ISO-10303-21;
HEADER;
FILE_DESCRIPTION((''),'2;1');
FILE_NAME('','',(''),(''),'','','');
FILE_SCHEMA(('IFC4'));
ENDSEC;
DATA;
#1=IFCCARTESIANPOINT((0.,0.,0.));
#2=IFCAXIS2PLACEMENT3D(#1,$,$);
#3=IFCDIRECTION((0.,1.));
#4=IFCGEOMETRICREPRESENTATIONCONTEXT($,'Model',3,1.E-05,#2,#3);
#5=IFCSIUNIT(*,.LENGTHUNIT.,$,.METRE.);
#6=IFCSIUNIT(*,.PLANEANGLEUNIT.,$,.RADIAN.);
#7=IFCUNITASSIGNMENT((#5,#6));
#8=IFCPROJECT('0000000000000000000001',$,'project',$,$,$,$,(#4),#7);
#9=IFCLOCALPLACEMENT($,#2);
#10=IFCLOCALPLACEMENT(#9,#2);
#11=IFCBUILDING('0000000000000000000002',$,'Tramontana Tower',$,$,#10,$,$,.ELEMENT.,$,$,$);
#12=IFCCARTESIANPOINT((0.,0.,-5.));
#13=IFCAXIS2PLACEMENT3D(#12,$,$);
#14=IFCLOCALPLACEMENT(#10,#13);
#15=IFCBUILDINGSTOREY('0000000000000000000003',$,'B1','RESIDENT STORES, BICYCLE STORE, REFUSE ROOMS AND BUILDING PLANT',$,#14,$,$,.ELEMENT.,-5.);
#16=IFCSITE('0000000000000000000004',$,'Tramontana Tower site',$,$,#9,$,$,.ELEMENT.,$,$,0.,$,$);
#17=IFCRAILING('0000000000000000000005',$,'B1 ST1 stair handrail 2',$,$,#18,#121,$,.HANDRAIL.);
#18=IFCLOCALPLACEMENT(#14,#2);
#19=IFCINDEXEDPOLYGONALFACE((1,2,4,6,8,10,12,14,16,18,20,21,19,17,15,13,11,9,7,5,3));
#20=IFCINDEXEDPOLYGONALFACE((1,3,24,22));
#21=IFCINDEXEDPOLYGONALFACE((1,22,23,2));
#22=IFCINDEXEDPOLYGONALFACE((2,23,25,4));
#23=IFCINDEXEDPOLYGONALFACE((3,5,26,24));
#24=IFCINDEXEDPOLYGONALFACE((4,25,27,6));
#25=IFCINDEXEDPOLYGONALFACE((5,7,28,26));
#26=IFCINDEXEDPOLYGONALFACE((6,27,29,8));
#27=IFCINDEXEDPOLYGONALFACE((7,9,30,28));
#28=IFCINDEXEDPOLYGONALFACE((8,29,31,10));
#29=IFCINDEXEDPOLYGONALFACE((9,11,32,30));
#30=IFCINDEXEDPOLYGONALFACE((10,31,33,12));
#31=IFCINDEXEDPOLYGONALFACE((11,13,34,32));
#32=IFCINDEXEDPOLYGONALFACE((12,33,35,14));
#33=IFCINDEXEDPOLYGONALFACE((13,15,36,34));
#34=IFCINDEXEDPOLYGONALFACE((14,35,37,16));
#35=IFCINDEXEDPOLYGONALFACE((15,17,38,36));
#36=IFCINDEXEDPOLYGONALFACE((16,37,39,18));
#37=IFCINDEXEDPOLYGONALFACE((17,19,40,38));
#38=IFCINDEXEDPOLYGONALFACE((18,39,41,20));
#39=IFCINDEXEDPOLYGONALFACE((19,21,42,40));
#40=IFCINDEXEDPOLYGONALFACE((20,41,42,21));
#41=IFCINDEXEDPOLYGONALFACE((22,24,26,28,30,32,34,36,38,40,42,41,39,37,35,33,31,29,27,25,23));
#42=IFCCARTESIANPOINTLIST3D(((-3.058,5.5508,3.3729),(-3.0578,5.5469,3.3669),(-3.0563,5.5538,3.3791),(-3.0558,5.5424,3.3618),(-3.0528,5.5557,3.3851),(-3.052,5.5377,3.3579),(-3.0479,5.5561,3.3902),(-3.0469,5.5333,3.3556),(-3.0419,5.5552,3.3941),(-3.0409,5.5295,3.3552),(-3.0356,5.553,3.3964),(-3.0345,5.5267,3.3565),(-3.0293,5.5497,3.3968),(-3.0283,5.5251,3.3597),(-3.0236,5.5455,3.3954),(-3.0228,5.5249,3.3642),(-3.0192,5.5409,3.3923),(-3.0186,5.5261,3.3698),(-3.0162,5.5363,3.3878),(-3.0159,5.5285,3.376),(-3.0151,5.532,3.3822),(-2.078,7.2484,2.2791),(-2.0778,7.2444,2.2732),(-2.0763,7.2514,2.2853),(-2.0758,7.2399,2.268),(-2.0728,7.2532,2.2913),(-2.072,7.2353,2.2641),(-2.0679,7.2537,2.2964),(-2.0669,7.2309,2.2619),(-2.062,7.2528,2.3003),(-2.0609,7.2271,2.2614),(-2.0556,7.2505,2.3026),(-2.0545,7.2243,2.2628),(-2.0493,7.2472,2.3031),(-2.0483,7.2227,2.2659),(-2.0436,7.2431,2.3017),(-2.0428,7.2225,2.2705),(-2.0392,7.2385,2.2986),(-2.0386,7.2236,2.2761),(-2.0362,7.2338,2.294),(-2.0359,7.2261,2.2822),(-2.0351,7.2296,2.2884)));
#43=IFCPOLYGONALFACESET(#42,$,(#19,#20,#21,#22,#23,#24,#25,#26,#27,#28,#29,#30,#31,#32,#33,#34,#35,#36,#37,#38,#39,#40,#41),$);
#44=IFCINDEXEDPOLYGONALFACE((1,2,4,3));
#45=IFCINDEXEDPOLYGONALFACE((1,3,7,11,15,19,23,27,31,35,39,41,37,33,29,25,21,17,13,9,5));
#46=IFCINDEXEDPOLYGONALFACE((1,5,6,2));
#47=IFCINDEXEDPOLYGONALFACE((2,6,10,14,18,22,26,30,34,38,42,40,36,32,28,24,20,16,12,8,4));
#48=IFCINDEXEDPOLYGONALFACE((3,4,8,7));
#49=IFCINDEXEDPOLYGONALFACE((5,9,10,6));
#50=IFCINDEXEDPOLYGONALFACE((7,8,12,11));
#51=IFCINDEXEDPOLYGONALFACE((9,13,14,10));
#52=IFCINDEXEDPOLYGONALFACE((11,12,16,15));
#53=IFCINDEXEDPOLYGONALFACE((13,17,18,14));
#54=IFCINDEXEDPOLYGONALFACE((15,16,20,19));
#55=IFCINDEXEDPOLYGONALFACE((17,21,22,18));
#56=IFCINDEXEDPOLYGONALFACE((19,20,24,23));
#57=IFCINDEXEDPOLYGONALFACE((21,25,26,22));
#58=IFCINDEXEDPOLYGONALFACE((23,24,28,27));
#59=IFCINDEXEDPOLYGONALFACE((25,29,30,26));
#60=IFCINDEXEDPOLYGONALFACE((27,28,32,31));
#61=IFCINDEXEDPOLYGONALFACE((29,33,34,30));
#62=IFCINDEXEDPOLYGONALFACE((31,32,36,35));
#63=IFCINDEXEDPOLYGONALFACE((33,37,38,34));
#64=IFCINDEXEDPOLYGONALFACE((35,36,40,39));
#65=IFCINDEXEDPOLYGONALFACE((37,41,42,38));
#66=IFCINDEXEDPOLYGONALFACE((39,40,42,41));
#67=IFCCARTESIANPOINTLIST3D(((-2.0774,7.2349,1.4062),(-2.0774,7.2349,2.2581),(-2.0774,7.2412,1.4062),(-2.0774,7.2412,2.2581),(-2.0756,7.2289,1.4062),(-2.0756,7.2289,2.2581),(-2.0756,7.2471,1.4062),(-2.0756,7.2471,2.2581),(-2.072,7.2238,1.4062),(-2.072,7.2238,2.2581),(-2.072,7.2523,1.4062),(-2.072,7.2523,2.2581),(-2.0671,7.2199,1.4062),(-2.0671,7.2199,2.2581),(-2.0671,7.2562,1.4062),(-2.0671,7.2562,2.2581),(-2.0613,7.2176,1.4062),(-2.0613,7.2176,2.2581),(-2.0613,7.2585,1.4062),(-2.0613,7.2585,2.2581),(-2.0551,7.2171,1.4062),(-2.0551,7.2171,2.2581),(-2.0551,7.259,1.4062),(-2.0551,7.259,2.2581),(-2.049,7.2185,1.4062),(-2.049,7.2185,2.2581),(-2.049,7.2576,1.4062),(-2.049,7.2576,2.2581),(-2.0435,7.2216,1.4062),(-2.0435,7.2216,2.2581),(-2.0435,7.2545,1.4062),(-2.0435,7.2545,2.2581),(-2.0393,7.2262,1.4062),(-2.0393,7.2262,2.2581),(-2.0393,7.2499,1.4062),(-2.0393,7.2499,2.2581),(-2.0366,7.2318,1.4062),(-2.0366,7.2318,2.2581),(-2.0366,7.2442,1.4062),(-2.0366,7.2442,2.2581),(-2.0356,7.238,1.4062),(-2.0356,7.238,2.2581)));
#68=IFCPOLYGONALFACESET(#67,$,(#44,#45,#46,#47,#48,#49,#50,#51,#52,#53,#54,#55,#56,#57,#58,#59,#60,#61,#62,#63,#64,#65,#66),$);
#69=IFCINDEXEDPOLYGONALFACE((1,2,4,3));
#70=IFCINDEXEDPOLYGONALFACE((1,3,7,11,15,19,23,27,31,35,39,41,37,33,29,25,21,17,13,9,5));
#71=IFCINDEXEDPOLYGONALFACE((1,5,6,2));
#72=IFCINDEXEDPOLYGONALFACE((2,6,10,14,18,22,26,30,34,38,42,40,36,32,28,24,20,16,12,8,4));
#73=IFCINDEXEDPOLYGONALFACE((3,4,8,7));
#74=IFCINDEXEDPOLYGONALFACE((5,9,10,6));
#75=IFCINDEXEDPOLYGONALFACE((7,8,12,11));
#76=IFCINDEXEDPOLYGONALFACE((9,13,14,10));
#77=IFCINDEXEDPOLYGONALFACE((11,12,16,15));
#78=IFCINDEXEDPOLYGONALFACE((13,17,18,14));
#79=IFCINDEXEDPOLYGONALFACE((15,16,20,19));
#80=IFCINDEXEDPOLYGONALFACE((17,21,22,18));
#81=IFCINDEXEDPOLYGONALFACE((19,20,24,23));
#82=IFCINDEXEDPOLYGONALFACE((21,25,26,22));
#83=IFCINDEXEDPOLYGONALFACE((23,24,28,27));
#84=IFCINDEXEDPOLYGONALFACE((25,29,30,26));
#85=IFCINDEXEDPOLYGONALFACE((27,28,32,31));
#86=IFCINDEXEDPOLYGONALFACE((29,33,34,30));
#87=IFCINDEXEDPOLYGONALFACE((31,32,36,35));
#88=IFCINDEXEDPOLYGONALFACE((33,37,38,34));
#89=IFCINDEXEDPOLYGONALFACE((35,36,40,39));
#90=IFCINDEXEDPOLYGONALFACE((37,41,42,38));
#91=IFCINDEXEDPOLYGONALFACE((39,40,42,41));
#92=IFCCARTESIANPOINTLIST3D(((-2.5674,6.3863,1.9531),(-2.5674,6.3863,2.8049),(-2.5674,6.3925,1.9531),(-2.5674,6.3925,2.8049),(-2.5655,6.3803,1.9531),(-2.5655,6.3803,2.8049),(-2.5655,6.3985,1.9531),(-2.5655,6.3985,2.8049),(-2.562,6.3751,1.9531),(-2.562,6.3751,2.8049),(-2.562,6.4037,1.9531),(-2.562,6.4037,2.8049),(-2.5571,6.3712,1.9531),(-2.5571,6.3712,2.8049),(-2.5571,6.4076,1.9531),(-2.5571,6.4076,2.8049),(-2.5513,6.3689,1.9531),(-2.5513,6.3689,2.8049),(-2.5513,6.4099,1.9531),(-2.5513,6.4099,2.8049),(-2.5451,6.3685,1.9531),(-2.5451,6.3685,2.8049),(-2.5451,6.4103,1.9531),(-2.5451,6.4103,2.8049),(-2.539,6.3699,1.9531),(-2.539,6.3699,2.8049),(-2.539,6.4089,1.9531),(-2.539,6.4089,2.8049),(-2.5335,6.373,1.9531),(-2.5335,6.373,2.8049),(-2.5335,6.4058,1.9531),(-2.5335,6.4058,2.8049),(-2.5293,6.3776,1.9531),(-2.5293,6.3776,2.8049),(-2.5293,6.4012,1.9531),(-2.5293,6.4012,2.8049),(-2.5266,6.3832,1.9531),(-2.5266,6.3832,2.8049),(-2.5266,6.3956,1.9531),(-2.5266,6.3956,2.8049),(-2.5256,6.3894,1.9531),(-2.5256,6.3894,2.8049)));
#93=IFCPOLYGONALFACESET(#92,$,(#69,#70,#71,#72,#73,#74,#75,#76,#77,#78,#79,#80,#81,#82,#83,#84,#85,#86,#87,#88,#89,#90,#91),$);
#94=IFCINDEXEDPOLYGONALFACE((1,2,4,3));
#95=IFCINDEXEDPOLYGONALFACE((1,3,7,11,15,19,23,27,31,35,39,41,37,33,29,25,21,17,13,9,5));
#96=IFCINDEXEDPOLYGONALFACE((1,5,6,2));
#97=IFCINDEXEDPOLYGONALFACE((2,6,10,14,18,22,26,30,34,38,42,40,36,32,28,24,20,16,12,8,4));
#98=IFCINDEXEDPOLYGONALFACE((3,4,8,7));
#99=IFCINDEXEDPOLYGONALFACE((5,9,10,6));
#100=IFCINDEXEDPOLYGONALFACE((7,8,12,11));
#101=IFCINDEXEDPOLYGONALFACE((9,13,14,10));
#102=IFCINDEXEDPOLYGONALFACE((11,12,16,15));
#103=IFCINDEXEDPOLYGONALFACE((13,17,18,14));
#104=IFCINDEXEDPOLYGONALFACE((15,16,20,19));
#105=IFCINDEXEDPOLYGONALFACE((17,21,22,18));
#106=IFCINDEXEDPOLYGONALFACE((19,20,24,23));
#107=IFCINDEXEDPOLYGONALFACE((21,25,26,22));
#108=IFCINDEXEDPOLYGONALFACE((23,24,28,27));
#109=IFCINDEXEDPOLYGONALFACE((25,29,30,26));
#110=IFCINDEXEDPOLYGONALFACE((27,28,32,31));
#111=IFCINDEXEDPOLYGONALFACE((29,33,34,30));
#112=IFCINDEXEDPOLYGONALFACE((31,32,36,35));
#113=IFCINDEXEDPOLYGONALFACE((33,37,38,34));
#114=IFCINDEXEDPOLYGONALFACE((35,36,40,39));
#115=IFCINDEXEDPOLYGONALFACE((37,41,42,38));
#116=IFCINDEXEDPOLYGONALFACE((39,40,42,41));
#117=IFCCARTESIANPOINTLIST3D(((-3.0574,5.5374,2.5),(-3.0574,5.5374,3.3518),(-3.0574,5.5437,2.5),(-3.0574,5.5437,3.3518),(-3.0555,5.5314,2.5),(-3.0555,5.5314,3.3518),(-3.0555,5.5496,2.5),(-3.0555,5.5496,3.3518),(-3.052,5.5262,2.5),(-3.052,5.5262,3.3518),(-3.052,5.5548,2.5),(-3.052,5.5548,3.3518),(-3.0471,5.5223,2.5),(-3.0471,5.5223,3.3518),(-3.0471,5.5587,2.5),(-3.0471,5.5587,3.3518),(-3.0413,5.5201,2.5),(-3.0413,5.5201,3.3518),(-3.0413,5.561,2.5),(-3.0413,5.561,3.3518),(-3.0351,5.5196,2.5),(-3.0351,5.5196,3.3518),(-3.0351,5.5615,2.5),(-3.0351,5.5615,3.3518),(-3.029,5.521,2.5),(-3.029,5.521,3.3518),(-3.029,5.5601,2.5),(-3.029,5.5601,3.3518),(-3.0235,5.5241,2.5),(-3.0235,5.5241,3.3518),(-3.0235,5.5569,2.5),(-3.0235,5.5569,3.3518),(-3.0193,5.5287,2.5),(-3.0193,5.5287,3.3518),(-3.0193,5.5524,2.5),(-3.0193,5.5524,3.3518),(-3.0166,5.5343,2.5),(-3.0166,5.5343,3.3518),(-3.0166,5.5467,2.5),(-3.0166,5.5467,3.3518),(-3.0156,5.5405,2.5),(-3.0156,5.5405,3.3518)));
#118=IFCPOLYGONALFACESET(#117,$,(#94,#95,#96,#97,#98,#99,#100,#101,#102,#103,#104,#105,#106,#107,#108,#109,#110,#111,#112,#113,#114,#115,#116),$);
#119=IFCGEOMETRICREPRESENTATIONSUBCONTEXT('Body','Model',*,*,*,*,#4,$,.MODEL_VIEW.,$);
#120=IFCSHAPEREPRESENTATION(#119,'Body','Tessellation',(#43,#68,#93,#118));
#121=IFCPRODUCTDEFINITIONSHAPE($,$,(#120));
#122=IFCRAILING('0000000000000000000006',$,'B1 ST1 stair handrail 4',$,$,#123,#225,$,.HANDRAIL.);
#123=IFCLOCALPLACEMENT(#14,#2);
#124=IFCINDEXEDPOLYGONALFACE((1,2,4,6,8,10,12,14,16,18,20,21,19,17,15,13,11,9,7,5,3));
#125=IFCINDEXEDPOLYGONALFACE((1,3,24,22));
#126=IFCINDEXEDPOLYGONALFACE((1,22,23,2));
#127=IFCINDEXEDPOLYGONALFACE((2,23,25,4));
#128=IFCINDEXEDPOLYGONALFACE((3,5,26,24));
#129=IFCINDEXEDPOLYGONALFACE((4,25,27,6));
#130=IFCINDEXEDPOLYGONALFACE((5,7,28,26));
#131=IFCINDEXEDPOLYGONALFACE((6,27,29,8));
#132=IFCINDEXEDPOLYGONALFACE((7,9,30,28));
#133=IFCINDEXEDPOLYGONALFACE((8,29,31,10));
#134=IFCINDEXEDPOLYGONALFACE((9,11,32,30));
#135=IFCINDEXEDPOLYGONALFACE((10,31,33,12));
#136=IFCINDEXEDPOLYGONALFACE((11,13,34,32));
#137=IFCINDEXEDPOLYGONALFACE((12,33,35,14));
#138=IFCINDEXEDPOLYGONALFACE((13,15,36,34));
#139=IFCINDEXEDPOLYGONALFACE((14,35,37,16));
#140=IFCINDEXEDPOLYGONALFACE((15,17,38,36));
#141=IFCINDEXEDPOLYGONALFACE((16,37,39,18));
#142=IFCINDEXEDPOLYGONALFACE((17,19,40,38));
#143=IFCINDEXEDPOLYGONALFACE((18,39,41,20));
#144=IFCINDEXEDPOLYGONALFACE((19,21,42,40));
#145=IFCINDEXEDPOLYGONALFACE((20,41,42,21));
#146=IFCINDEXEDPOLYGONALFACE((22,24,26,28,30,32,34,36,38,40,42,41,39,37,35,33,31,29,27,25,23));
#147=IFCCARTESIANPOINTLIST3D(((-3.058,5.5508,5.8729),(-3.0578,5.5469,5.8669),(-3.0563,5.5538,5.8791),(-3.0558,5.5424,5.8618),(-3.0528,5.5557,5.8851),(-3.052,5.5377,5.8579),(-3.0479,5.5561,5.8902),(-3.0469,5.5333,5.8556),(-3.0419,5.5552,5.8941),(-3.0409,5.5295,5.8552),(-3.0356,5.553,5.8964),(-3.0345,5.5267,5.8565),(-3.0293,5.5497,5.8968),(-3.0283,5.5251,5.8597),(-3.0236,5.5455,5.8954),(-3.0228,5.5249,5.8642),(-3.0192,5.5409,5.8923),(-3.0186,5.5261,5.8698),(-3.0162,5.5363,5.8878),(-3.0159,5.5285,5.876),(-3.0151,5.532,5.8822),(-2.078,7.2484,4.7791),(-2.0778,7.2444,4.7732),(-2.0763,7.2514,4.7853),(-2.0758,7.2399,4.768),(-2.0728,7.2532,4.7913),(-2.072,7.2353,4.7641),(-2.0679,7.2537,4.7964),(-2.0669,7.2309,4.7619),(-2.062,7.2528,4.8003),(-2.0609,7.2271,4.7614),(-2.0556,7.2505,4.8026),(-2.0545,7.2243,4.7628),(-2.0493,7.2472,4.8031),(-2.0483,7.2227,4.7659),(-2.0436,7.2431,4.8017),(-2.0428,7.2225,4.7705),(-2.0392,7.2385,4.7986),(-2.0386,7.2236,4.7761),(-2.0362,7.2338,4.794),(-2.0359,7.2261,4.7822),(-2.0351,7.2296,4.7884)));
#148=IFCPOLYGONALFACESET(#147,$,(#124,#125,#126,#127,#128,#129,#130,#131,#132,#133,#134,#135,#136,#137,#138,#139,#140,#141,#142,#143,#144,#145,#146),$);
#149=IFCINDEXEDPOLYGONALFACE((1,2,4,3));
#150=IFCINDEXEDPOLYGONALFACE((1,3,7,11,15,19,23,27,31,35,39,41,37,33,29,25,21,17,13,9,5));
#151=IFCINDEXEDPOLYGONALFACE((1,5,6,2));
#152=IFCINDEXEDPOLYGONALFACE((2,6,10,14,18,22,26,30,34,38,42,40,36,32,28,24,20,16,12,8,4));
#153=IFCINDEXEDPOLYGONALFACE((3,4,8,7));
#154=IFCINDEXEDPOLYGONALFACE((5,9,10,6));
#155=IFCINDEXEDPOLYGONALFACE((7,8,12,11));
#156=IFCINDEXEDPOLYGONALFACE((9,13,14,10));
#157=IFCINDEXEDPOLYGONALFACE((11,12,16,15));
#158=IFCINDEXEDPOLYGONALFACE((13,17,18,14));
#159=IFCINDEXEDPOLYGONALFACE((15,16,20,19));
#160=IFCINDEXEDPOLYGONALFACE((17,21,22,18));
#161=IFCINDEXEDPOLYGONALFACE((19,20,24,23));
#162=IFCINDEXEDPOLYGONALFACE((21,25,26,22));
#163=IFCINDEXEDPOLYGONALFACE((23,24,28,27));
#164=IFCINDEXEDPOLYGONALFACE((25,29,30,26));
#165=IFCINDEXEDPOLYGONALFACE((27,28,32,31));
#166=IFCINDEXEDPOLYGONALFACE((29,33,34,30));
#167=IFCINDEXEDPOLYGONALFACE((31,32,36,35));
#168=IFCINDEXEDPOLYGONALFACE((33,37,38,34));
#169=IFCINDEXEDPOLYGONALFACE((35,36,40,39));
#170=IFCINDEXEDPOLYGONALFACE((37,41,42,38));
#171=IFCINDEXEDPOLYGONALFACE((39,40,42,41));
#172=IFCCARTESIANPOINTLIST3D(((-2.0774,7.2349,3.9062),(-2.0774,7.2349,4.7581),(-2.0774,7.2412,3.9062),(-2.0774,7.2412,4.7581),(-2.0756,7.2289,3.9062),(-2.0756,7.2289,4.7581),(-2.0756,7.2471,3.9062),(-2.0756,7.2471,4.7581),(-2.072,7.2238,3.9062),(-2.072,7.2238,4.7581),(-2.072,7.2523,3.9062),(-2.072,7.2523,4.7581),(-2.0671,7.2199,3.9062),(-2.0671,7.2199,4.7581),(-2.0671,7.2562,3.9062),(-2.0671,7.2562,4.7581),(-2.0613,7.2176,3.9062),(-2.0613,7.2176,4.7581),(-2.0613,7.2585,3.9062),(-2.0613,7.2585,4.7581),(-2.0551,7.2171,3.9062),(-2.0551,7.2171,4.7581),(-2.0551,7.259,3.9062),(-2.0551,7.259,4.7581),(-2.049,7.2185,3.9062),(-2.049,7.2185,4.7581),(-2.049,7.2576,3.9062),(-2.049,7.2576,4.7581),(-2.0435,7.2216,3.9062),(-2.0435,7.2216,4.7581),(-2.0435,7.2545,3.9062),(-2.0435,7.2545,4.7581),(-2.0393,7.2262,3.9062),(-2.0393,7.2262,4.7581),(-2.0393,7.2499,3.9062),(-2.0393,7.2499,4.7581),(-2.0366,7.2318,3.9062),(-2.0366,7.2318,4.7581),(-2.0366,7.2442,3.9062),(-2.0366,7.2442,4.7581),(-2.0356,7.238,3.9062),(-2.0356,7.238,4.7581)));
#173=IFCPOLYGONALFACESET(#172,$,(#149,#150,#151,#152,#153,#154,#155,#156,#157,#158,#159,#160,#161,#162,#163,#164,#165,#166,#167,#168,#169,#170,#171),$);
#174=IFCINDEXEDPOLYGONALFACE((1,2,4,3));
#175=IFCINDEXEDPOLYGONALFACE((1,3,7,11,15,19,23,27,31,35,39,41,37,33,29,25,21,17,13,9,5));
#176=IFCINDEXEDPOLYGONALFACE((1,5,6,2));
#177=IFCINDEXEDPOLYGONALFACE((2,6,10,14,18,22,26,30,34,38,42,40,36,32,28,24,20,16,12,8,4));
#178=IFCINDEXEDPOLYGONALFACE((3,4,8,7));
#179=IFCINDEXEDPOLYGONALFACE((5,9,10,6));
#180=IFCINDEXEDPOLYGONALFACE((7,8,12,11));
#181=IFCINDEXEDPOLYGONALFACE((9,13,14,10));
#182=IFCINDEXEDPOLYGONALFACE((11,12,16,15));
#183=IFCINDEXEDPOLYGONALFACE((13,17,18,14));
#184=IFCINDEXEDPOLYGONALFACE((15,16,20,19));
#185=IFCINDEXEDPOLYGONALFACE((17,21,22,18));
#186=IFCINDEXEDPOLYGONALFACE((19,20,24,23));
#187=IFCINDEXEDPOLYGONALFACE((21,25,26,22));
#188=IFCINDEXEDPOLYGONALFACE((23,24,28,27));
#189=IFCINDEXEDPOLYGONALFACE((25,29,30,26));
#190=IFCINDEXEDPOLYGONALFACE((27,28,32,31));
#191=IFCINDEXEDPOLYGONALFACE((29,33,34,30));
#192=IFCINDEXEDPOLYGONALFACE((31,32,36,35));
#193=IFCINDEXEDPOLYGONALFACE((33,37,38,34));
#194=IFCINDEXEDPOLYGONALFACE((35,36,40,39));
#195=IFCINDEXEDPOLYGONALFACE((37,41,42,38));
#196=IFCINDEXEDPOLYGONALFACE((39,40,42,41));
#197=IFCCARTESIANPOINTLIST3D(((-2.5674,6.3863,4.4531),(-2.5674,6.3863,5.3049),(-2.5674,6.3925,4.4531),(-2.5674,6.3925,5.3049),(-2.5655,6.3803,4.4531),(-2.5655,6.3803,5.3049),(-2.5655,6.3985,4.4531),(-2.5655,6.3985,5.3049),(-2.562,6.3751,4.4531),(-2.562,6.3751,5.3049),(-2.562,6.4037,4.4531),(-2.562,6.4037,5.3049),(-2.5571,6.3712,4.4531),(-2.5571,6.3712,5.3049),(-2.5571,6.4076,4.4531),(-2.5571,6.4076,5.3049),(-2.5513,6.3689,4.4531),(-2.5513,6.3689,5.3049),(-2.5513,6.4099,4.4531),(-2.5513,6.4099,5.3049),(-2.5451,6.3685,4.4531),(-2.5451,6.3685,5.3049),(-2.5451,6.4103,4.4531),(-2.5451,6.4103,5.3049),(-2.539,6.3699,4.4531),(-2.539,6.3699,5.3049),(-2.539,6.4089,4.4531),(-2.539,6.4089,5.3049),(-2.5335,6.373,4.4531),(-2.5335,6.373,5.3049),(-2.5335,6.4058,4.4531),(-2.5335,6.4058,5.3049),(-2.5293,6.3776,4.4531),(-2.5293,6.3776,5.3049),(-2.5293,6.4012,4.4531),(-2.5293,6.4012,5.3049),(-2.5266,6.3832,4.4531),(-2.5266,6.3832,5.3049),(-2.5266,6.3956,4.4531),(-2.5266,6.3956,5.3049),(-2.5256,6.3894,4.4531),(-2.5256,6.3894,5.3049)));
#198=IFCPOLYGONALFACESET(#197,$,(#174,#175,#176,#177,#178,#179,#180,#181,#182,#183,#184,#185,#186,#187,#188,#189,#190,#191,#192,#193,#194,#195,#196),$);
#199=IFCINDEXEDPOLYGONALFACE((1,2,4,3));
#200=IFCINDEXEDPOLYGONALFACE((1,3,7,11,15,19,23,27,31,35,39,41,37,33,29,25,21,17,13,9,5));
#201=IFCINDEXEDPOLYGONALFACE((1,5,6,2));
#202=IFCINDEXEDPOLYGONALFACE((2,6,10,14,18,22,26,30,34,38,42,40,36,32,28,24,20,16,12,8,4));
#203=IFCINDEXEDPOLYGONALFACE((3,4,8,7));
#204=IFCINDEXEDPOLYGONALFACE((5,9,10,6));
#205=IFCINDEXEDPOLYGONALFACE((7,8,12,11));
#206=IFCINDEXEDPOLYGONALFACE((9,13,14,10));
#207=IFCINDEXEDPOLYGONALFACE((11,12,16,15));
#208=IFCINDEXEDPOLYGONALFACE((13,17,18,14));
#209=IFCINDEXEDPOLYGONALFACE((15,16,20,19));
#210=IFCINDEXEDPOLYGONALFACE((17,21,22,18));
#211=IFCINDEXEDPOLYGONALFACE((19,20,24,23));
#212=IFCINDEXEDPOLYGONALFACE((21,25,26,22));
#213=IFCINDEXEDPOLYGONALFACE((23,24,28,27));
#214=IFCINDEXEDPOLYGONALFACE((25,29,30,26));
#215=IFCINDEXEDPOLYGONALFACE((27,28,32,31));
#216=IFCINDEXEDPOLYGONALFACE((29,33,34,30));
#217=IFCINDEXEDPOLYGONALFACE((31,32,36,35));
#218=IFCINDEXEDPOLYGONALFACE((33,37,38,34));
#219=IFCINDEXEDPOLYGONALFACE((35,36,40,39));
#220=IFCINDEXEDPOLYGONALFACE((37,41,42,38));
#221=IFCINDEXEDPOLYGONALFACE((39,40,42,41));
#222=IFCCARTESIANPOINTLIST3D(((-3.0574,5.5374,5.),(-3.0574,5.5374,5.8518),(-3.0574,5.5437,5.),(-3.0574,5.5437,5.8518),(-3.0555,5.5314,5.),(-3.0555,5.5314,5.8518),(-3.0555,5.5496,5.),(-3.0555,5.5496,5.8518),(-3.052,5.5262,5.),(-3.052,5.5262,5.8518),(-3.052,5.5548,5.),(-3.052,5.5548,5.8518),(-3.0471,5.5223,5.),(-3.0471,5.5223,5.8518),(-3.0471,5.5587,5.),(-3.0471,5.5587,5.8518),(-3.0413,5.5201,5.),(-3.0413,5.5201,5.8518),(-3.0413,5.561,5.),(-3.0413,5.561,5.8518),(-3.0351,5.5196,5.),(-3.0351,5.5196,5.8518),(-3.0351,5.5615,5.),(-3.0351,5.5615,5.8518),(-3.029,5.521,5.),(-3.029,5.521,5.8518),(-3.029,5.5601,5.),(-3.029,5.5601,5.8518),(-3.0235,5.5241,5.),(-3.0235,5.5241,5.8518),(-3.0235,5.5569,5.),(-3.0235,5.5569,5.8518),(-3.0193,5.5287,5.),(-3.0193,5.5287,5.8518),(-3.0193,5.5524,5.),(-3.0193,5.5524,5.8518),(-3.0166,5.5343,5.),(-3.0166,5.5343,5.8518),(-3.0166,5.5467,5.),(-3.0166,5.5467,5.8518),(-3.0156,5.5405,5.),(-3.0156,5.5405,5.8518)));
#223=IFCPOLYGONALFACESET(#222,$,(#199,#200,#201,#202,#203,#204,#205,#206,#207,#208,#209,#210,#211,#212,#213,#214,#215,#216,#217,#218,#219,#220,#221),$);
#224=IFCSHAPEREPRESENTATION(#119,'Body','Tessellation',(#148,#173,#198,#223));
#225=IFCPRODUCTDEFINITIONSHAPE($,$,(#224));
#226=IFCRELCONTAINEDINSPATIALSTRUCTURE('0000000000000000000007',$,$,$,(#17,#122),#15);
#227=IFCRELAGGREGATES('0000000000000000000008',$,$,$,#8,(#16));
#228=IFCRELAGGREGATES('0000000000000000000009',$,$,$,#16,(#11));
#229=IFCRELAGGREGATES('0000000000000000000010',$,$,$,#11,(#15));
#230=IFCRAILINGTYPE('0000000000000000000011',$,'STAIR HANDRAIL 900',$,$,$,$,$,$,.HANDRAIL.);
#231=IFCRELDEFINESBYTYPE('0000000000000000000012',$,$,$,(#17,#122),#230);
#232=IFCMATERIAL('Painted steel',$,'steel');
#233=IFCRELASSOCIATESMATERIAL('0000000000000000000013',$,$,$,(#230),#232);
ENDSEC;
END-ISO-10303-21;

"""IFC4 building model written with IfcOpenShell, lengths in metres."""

from ifc_helpers import new_model, si_unit, direction, frame, origin, origin_2d, place, context, subcontext, project, spatial, circle, extrude, material, type_object, element, save


model = new_model("IFC4")

# Units and contexts
model_context = context("Model", 3, precision=1e-05, world=origin(), true_north=direction((0.0, 1.0)))
body_context = subcontext(model_context, "Body", "Model", "MODEL_VIEW")
ifc_project = project(units=[si_unit("LENGTHUNIT", "METRE"), si_unit("PLANEANGLEUNIT", "RADIAN")], contexts=[model_context])

# Site, building, storey
site_placement = place(None, origin())
site = spatial("IfcSite", under=ifc_project, at=site_placement, Name="Tramontana Tower site", CompositionType="ELEMENT", RefElevation=0.0)
building_placement = place(site_placement, origin())
building = spatial("IfcBuilding", under=site, at=building_placement, Name="Tramontana Tower", CompositionType="ELEMENT")
storey_placement = place(building_placement, frame((0.0, 0.0, -5.0)))
storey = spatial("IfcBuildingStorey", under=building, at=storey_placement, Name="B1", Description="RESIDENT STORES, BICYCLE STORE, REFUSE ROOMS AND BUILDING PLANT", CompositionType="ELEMENT", Elevation=-5.0)

# Railings
ifc_material_1 = material(Name="Painted steel", Category="steel")
railing_type_1 = type_object("IfcRailingType", Name="STAIR HANDRAIL 900", PredefinedType="HANDRAIL", material=ifc_material_1)
for number, where, name in (
    (1, (-2.0566, 7.238, 1.4062), "B1 ST1 stair handrail 2"),
    (2, (-2.0566, 7.238, 3.9062), "B1 ST1 stair handrail 4"),
):
    element("IfcRailing", number, at=place(storey_placement, frame(where)), inside=storey, type_object=railing_type_1, Name=name, PredefinedType="HANDRAIL", context=body_context, shape_type="SweptSolid", body=[
        extrude(circle(Radius=0.0239, at=origin_2d()), frame((0.0, 0.0, 0.876), z_axis=(-0.436596, -0.756267, 0.487282), x_axis=(0.866042, -0.49997, 0.0)), (0.0, 0.0, 1.0), 2.2446),
        extrude(circle(Radius=0.021, at=origin_2d()), origin(), (0.0, 0.0, 1.0), 0.8518),
        extrude(circle(Radius=0.021, at=origin_2d()), frame((-0.49, -0.8486, 0.5469)), (0.0, 0.0, 1.0), 0.8518),
        extrude(circle(Radius=0.021, at=origin_2d()), frame((-0.98, -1.6975, 1.0938)), (0.0, 0.0, 1.0), 0.8518),
    ])

save(model, "model.ifc")
